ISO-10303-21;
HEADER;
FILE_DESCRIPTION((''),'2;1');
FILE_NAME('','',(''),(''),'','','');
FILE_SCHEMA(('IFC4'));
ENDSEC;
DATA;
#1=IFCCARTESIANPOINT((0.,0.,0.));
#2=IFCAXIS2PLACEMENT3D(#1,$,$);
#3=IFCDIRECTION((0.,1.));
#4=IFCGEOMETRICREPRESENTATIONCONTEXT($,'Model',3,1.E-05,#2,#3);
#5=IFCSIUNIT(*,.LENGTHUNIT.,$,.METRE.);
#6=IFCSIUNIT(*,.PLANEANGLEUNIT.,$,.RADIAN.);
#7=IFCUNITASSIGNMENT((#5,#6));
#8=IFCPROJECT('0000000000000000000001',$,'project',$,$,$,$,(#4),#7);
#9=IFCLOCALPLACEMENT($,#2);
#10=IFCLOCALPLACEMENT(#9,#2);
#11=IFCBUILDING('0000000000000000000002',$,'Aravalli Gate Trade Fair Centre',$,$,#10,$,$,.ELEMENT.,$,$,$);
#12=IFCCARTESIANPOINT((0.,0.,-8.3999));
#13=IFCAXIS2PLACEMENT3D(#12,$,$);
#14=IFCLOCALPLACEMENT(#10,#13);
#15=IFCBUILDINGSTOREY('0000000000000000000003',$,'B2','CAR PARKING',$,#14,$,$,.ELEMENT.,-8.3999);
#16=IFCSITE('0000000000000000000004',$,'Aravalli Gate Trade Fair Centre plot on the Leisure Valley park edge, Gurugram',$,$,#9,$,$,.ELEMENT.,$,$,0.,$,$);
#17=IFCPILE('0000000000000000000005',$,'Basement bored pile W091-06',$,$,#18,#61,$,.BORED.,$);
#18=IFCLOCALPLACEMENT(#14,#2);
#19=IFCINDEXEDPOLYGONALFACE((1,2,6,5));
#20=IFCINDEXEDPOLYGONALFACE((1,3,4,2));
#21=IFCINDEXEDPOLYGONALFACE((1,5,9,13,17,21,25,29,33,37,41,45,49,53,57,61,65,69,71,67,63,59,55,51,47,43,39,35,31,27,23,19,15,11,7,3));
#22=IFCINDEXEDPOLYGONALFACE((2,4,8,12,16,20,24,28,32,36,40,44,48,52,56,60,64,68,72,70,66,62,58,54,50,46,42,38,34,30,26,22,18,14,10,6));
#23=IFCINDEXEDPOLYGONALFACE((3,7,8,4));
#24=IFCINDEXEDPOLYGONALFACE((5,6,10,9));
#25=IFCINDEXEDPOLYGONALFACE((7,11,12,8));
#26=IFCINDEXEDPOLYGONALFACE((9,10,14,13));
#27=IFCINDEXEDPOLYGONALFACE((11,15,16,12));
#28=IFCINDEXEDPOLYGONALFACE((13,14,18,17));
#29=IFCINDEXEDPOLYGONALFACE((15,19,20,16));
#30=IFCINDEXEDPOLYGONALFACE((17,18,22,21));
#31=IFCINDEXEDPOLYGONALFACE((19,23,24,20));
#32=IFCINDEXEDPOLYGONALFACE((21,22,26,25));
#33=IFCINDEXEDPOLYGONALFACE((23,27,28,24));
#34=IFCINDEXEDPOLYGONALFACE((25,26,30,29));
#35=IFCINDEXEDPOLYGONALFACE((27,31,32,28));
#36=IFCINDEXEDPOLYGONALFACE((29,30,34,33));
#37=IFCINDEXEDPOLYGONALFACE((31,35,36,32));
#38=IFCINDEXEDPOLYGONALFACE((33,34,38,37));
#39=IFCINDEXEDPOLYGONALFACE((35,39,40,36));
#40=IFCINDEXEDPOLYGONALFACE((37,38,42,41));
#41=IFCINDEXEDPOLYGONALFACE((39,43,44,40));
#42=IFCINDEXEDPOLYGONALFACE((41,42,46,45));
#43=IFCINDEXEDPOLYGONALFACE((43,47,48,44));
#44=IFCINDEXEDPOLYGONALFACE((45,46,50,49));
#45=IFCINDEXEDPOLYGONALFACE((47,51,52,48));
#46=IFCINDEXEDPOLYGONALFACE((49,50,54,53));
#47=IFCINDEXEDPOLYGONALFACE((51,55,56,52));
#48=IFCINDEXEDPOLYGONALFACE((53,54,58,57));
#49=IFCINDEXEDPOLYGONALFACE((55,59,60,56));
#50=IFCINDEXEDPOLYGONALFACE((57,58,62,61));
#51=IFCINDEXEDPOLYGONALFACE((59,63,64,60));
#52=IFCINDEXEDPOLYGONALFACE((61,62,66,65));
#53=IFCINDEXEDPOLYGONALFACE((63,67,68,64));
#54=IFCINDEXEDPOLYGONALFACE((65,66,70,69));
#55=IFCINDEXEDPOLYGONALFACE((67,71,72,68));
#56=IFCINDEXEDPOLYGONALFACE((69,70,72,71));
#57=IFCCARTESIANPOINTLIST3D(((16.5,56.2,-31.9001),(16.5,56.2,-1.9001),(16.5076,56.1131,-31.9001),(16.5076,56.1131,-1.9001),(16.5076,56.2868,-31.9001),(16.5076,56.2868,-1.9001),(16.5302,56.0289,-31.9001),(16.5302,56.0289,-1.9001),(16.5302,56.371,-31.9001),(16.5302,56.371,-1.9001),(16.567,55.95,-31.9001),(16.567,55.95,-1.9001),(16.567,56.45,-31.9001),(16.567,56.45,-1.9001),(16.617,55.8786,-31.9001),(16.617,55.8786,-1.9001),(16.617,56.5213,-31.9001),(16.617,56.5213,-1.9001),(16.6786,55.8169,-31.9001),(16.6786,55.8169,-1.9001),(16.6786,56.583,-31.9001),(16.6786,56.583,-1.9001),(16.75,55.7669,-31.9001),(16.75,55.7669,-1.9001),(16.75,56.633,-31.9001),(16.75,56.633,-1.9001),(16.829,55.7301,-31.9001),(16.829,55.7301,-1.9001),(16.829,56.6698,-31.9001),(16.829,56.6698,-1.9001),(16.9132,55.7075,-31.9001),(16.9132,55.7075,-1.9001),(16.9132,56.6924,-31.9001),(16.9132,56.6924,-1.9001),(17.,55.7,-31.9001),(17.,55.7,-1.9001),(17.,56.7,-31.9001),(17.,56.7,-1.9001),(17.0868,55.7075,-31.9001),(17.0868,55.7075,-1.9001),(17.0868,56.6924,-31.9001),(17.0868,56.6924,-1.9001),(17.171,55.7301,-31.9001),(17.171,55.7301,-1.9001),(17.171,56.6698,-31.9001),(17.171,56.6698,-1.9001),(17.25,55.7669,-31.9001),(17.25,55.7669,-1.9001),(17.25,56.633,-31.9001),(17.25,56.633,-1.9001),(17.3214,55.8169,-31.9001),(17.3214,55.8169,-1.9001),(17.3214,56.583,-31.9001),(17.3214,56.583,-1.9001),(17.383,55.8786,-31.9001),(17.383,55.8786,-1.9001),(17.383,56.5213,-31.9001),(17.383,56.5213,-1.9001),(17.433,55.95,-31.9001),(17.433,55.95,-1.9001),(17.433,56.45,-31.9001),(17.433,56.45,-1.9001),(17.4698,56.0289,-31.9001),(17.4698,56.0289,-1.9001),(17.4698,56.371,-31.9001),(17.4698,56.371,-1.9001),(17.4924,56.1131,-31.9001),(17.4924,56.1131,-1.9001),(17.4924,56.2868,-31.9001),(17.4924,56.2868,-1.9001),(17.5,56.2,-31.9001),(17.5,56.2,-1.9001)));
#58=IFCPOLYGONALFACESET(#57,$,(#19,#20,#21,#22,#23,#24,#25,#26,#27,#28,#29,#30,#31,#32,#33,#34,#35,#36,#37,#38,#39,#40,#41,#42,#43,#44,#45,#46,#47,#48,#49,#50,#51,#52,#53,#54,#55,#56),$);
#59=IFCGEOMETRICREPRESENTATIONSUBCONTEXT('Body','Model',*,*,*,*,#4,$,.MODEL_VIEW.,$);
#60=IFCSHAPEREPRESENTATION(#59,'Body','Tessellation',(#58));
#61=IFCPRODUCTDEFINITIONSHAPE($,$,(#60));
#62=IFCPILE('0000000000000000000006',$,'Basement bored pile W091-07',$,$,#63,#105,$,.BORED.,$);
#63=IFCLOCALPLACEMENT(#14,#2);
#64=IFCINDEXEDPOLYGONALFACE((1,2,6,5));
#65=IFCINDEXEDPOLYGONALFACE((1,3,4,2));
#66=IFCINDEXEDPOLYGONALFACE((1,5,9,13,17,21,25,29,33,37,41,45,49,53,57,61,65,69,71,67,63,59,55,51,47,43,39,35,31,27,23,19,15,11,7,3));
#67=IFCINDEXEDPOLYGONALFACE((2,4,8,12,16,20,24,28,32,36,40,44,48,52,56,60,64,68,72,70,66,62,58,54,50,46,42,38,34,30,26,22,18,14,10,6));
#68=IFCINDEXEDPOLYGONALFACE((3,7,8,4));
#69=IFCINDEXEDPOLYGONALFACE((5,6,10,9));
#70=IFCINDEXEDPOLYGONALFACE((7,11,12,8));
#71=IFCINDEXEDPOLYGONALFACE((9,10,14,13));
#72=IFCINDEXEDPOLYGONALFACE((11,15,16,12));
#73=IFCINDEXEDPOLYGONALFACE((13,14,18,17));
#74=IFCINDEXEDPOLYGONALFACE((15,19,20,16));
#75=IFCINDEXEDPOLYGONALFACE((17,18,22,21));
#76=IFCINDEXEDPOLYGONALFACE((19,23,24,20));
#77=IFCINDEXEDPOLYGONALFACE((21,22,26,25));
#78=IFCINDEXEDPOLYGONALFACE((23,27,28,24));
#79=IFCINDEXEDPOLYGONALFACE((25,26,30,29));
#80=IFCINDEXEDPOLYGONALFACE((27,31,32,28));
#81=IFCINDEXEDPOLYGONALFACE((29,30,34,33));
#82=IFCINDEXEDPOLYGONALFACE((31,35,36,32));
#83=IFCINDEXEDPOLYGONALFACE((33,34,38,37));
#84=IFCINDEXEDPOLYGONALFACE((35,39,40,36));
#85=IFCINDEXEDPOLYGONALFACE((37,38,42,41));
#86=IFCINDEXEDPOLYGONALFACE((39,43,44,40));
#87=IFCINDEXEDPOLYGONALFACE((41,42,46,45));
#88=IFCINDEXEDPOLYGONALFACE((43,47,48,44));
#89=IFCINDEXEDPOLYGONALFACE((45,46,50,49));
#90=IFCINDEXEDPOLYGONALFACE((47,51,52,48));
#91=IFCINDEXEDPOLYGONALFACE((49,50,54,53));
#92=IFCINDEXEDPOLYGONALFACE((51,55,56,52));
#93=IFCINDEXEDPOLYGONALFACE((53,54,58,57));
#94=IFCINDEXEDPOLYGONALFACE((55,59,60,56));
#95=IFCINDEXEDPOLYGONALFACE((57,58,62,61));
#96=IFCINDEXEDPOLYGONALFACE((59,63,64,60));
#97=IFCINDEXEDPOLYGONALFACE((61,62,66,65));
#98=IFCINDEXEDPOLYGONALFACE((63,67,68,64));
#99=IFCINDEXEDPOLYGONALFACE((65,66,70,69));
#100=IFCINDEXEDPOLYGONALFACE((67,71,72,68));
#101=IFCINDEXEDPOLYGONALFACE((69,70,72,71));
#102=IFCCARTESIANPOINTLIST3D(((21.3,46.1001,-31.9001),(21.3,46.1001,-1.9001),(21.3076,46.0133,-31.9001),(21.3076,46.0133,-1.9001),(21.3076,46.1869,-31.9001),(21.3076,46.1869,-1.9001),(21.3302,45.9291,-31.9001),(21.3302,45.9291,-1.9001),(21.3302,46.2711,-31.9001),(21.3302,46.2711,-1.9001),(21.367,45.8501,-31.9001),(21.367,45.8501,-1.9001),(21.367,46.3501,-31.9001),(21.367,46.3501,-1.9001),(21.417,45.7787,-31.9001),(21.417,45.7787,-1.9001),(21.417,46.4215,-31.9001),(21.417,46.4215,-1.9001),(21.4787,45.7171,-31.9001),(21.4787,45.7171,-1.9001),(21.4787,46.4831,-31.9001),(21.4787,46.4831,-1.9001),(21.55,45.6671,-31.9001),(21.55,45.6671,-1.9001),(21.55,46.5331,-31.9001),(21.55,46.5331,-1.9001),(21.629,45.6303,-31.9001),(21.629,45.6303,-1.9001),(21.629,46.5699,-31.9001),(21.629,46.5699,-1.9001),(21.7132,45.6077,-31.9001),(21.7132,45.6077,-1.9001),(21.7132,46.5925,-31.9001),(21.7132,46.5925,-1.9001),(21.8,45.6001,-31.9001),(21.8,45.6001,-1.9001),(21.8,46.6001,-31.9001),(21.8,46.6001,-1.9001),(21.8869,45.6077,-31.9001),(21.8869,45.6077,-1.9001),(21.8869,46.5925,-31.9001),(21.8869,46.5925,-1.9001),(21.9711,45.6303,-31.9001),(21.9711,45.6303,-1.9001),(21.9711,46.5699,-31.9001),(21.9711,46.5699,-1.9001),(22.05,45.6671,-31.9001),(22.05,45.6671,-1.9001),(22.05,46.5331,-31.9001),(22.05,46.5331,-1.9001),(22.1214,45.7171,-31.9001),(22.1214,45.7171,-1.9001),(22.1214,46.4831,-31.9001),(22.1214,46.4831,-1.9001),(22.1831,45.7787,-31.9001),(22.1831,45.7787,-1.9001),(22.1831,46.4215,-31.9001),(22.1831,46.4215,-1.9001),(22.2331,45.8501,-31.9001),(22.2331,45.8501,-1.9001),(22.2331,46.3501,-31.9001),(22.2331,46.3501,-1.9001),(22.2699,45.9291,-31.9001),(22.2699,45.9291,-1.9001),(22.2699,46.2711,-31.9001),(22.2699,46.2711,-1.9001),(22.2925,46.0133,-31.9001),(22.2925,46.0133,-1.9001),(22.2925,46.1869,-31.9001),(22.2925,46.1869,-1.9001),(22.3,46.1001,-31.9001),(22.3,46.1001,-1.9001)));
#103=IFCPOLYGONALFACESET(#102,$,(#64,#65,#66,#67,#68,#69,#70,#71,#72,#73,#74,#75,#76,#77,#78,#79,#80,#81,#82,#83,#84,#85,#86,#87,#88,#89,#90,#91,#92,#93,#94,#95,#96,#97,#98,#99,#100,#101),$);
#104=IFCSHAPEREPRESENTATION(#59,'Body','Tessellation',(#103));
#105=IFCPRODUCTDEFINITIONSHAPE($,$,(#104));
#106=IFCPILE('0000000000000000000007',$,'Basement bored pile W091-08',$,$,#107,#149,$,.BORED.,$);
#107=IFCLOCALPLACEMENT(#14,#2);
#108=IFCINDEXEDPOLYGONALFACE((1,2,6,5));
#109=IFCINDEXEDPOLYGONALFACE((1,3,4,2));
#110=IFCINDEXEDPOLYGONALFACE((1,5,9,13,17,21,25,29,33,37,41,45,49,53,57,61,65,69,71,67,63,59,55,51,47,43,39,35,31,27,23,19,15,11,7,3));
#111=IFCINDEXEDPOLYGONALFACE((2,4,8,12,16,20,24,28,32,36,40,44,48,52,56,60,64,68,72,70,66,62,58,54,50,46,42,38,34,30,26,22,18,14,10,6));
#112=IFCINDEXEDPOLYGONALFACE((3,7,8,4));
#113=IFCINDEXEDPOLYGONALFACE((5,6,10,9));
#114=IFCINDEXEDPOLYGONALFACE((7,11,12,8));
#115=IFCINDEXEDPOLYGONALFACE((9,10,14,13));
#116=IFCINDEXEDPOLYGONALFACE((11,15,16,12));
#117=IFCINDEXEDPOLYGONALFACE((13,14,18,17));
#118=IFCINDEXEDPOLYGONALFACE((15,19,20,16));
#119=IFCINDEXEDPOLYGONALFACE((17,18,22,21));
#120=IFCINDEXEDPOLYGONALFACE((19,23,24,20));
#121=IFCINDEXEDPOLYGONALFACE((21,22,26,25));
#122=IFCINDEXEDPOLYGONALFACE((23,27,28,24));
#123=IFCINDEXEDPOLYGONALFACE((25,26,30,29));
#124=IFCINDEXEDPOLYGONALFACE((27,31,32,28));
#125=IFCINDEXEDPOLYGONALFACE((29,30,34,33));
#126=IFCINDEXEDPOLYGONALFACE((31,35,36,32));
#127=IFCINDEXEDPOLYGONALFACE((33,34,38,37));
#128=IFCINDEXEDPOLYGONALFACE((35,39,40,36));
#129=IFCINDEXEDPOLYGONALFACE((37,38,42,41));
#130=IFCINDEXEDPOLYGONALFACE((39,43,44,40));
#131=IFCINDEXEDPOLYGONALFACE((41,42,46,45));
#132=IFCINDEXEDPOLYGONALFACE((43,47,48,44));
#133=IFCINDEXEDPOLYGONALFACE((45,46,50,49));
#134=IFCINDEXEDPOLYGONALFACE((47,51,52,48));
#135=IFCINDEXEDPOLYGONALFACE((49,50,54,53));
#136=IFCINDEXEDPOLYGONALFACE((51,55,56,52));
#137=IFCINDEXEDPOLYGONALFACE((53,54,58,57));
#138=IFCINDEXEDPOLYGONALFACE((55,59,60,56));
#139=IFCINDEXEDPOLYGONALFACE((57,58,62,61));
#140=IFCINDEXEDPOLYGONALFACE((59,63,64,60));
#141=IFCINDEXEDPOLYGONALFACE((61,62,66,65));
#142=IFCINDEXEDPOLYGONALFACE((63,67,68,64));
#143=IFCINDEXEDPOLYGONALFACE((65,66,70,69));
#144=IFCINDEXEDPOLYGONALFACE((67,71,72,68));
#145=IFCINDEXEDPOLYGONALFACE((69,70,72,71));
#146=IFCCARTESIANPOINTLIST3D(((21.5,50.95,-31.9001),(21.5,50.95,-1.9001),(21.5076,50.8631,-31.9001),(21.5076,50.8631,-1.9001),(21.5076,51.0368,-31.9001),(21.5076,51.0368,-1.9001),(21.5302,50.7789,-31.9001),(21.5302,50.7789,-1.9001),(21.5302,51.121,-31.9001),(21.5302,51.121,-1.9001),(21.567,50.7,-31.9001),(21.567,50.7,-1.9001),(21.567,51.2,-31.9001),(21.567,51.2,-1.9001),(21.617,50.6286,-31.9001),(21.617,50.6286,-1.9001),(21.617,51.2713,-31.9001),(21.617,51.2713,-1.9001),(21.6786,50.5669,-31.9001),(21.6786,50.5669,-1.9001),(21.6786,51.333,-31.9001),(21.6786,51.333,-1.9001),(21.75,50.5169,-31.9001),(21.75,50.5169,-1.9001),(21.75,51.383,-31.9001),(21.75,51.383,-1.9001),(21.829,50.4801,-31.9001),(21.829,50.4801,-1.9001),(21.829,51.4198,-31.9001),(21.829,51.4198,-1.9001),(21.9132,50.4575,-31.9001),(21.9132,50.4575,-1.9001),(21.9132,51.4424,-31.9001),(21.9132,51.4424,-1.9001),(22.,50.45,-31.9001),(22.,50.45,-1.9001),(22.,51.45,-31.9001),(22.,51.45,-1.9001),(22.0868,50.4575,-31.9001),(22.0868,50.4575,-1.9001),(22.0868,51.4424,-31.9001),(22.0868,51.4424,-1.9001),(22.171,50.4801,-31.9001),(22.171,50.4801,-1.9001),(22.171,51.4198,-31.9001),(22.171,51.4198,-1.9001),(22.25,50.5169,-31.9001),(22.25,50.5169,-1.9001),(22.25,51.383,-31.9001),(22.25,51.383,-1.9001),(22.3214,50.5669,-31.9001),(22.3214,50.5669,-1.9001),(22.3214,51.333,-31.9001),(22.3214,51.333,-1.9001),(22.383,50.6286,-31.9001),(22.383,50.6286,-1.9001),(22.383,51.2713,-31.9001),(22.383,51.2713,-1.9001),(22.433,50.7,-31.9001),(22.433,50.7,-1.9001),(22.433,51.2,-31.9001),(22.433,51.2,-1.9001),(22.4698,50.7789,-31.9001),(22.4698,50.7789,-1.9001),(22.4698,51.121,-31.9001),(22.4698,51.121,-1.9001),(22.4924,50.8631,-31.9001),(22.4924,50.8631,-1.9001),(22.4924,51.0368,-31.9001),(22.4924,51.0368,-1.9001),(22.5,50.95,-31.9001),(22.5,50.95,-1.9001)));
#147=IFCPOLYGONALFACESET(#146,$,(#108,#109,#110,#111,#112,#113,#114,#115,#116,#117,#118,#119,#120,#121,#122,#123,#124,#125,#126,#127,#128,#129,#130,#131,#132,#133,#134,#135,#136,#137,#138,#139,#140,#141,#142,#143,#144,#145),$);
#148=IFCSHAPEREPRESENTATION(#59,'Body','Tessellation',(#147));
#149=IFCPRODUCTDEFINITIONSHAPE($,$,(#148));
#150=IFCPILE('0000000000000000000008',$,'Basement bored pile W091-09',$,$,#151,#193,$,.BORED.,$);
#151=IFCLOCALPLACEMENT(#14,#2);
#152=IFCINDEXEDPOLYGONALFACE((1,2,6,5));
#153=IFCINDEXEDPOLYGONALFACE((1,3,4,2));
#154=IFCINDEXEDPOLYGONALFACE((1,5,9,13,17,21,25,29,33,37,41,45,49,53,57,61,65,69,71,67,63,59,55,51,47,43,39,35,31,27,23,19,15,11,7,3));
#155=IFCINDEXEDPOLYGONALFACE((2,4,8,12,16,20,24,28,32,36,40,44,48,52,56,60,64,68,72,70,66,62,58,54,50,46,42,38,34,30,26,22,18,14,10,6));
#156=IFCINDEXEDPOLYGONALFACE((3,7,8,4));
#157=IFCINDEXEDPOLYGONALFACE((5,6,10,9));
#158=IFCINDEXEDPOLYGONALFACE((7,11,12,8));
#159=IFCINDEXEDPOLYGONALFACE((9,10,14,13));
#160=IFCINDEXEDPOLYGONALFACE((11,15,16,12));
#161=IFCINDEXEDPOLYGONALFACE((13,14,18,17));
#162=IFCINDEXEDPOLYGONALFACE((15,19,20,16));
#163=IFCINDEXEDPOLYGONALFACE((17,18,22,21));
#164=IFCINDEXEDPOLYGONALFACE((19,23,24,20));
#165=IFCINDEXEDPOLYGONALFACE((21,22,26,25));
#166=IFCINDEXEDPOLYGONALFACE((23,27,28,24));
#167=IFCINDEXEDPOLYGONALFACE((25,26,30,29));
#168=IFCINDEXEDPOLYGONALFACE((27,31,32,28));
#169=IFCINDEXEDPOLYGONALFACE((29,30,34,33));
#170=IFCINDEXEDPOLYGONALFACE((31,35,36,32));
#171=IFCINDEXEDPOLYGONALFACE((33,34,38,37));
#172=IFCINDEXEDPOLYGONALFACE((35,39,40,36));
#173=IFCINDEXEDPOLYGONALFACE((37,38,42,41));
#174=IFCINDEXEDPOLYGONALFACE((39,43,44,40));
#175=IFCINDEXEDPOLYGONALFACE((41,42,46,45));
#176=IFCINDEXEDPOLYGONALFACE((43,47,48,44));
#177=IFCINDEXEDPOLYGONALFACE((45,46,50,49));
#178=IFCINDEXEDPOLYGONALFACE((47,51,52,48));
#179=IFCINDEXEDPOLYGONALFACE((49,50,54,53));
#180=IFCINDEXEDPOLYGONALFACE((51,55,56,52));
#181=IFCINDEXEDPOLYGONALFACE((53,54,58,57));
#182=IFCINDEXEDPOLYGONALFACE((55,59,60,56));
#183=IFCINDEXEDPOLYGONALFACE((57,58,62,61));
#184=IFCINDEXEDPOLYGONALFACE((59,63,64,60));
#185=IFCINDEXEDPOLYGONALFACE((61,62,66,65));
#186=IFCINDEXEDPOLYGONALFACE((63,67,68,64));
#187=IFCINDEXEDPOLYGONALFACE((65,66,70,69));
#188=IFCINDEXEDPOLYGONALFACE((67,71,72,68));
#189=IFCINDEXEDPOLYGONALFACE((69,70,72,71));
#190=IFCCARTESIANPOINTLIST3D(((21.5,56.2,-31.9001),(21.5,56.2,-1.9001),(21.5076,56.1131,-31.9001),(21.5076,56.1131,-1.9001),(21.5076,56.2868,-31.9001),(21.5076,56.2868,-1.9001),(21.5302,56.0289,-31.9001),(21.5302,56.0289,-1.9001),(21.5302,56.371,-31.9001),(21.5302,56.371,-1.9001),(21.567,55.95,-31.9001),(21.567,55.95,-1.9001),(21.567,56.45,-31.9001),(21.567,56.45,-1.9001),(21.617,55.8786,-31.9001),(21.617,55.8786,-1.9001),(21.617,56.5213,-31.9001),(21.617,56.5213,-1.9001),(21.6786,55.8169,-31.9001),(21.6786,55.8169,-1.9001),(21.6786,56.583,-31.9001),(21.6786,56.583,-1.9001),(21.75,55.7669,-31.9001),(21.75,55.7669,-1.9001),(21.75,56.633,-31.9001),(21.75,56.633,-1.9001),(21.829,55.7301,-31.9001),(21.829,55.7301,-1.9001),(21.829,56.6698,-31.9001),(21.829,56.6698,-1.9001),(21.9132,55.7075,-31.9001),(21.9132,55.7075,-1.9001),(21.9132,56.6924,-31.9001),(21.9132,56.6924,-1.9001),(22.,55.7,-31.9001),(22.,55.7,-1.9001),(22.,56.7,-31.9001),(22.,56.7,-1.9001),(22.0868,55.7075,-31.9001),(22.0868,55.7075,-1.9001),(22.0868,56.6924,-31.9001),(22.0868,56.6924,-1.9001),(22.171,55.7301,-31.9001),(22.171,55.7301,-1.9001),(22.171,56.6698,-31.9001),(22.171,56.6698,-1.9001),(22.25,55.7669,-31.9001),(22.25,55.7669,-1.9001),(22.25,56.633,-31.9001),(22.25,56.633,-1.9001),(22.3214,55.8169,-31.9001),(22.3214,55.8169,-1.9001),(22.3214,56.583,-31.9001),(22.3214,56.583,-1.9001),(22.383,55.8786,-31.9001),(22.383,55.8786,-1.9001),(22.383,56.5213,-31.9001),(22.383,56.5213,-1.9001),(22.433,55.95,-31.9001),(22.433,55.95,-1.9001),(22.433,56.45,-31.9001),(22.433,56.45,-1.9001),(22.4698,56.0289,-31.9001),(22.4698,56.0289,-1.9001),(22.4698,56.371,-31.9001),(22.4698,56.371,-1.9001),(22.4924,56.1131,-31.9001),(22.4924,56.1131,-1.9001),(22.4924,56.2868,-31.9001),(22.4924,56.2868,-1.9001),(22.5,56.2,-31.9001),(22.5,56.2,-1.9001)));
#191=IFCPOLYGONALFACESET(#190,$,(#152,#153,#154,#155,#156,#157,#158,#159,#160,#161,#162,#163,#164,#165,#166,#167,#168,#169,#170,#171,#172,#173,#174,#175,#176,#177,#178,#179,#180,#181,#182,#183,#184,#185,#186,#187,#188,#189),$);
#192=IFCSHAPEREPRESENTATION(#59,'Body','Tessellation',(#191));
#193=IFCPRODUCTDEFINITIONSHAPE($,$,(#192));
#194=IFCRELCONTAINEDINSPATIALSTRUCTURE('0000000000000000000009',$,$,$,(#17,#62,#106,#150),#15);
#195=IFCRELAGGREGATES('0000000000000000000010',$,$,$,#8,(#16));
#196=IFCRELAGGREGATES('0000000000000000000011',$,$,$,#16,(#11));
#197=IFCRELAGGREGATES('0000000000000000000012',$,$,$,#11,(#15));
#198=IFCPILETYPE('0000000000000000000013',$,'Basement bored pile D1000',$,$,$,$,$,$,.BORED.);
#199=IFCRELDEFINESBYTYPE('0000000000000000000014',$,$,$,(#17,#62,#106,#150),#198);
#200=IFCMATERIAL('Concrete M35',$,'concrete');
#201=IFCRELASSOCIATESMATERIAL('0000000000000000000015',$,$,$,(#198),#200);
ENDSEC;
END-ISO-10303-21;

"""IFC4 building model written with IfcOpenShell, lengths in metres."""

from ifc_helpers import new_model, si_unit, direction, frame, origin, origin_2d, place, context, subcontext, project, spatial, circle, extrude, material, material_profile, profile_set, type_object, element, save


model = new_model("IFC4")

# Units and contexts
model_context = context("Model", 3, precision=1e-05, world=origin(), true_north=direction((0.0, 1.0)))
body_context = subcontext(model_context, "Body", "Model", "MODEL_VIEW")
ifc_project = project(units=[si_unit("LENGTHUNIT", "METRE"), si_unit("PLANEANGLEUNIT", "RADIAN")], contexts=[model_context])

# Site, building, storey
site_placement = place(None, origin())
site = spatial("IfcSite", under=ifc_project, at=site_placement, Name="Aravalli Gate Trade Fair Centre plot on the Leisure Valley park edge, Gurugram", CompositionType="ELEMENT", RefElevation=0.0)
building_placement = place(site_placement, origin())
building = spatial("IfcBuilding", under=site, at=building_placement, Name="Aravalli Gate Trade Fair Centre", CompositionType="ELEMENT")
storey_placement = place(building_placement, frame((0.0, 0.0, -8.3999)))
storey = spatial("IfcBuildingStorey", under=building, at=storey_placement, Name="B2", Description="CAR PARKING", CompositionType="ELEMENT", Elevation=-8.3999)

# Piles
ifc_material_1 = material(Name="Concrete M35", Category="concrete")
ifc_material_profile_1 = material_profile(ifc_material_1, circle(Radius=0.5, at=origin_2d()), Name="D1000")
ifc_profile_set_1 = profile_set([ifc_material_profile_1], Name="Concrete M35")
pile_type = type_object("IfcPileType", Name="Basement bored pile D1000", PredefinedType="BORED", material=ifc_profile_set_1)
for number, where, z_axis, x_axis, name in (
    (1, (17.0, 56.2, -1.9001), (0.0, 0.0, -1.0), (1.0, 0.0, 0.0), "Basement bored pile W091-06"),
    (2, (21.8, 46.1001, -1.9001), (0.0, 0.0, -1.0), (1.0, 0.0, 0.0), "Basement bored pile W091-07"),
    (3, (22.0, 50.95, -1.9001), (0.0, 0.0, -1.0), (1.0, 0.0, 0.0), "Basement bored pile W091-08"),
    (4, (22.0, 56.2, -1.9001), (0.0, 0.0, -1.0), (1.0, 0.0, 0.0), "Basement bored pile W091-09"),
):
    element("IfcPile", number, at=place(storey_placement, frame(where, z_axis=z_axis, x_axis=x_axis)), inside=storey, type_object=pile_type, Name=name, PredefinedType="BORED", context=body_context, shape_type="SweptSolid", body=[
        extrude(circle(Radius=0.5, at=origin_2d()), origin(), (0.0, 0.0, 1.0), 30.0),
    ])

save(model, "model.ifc")
